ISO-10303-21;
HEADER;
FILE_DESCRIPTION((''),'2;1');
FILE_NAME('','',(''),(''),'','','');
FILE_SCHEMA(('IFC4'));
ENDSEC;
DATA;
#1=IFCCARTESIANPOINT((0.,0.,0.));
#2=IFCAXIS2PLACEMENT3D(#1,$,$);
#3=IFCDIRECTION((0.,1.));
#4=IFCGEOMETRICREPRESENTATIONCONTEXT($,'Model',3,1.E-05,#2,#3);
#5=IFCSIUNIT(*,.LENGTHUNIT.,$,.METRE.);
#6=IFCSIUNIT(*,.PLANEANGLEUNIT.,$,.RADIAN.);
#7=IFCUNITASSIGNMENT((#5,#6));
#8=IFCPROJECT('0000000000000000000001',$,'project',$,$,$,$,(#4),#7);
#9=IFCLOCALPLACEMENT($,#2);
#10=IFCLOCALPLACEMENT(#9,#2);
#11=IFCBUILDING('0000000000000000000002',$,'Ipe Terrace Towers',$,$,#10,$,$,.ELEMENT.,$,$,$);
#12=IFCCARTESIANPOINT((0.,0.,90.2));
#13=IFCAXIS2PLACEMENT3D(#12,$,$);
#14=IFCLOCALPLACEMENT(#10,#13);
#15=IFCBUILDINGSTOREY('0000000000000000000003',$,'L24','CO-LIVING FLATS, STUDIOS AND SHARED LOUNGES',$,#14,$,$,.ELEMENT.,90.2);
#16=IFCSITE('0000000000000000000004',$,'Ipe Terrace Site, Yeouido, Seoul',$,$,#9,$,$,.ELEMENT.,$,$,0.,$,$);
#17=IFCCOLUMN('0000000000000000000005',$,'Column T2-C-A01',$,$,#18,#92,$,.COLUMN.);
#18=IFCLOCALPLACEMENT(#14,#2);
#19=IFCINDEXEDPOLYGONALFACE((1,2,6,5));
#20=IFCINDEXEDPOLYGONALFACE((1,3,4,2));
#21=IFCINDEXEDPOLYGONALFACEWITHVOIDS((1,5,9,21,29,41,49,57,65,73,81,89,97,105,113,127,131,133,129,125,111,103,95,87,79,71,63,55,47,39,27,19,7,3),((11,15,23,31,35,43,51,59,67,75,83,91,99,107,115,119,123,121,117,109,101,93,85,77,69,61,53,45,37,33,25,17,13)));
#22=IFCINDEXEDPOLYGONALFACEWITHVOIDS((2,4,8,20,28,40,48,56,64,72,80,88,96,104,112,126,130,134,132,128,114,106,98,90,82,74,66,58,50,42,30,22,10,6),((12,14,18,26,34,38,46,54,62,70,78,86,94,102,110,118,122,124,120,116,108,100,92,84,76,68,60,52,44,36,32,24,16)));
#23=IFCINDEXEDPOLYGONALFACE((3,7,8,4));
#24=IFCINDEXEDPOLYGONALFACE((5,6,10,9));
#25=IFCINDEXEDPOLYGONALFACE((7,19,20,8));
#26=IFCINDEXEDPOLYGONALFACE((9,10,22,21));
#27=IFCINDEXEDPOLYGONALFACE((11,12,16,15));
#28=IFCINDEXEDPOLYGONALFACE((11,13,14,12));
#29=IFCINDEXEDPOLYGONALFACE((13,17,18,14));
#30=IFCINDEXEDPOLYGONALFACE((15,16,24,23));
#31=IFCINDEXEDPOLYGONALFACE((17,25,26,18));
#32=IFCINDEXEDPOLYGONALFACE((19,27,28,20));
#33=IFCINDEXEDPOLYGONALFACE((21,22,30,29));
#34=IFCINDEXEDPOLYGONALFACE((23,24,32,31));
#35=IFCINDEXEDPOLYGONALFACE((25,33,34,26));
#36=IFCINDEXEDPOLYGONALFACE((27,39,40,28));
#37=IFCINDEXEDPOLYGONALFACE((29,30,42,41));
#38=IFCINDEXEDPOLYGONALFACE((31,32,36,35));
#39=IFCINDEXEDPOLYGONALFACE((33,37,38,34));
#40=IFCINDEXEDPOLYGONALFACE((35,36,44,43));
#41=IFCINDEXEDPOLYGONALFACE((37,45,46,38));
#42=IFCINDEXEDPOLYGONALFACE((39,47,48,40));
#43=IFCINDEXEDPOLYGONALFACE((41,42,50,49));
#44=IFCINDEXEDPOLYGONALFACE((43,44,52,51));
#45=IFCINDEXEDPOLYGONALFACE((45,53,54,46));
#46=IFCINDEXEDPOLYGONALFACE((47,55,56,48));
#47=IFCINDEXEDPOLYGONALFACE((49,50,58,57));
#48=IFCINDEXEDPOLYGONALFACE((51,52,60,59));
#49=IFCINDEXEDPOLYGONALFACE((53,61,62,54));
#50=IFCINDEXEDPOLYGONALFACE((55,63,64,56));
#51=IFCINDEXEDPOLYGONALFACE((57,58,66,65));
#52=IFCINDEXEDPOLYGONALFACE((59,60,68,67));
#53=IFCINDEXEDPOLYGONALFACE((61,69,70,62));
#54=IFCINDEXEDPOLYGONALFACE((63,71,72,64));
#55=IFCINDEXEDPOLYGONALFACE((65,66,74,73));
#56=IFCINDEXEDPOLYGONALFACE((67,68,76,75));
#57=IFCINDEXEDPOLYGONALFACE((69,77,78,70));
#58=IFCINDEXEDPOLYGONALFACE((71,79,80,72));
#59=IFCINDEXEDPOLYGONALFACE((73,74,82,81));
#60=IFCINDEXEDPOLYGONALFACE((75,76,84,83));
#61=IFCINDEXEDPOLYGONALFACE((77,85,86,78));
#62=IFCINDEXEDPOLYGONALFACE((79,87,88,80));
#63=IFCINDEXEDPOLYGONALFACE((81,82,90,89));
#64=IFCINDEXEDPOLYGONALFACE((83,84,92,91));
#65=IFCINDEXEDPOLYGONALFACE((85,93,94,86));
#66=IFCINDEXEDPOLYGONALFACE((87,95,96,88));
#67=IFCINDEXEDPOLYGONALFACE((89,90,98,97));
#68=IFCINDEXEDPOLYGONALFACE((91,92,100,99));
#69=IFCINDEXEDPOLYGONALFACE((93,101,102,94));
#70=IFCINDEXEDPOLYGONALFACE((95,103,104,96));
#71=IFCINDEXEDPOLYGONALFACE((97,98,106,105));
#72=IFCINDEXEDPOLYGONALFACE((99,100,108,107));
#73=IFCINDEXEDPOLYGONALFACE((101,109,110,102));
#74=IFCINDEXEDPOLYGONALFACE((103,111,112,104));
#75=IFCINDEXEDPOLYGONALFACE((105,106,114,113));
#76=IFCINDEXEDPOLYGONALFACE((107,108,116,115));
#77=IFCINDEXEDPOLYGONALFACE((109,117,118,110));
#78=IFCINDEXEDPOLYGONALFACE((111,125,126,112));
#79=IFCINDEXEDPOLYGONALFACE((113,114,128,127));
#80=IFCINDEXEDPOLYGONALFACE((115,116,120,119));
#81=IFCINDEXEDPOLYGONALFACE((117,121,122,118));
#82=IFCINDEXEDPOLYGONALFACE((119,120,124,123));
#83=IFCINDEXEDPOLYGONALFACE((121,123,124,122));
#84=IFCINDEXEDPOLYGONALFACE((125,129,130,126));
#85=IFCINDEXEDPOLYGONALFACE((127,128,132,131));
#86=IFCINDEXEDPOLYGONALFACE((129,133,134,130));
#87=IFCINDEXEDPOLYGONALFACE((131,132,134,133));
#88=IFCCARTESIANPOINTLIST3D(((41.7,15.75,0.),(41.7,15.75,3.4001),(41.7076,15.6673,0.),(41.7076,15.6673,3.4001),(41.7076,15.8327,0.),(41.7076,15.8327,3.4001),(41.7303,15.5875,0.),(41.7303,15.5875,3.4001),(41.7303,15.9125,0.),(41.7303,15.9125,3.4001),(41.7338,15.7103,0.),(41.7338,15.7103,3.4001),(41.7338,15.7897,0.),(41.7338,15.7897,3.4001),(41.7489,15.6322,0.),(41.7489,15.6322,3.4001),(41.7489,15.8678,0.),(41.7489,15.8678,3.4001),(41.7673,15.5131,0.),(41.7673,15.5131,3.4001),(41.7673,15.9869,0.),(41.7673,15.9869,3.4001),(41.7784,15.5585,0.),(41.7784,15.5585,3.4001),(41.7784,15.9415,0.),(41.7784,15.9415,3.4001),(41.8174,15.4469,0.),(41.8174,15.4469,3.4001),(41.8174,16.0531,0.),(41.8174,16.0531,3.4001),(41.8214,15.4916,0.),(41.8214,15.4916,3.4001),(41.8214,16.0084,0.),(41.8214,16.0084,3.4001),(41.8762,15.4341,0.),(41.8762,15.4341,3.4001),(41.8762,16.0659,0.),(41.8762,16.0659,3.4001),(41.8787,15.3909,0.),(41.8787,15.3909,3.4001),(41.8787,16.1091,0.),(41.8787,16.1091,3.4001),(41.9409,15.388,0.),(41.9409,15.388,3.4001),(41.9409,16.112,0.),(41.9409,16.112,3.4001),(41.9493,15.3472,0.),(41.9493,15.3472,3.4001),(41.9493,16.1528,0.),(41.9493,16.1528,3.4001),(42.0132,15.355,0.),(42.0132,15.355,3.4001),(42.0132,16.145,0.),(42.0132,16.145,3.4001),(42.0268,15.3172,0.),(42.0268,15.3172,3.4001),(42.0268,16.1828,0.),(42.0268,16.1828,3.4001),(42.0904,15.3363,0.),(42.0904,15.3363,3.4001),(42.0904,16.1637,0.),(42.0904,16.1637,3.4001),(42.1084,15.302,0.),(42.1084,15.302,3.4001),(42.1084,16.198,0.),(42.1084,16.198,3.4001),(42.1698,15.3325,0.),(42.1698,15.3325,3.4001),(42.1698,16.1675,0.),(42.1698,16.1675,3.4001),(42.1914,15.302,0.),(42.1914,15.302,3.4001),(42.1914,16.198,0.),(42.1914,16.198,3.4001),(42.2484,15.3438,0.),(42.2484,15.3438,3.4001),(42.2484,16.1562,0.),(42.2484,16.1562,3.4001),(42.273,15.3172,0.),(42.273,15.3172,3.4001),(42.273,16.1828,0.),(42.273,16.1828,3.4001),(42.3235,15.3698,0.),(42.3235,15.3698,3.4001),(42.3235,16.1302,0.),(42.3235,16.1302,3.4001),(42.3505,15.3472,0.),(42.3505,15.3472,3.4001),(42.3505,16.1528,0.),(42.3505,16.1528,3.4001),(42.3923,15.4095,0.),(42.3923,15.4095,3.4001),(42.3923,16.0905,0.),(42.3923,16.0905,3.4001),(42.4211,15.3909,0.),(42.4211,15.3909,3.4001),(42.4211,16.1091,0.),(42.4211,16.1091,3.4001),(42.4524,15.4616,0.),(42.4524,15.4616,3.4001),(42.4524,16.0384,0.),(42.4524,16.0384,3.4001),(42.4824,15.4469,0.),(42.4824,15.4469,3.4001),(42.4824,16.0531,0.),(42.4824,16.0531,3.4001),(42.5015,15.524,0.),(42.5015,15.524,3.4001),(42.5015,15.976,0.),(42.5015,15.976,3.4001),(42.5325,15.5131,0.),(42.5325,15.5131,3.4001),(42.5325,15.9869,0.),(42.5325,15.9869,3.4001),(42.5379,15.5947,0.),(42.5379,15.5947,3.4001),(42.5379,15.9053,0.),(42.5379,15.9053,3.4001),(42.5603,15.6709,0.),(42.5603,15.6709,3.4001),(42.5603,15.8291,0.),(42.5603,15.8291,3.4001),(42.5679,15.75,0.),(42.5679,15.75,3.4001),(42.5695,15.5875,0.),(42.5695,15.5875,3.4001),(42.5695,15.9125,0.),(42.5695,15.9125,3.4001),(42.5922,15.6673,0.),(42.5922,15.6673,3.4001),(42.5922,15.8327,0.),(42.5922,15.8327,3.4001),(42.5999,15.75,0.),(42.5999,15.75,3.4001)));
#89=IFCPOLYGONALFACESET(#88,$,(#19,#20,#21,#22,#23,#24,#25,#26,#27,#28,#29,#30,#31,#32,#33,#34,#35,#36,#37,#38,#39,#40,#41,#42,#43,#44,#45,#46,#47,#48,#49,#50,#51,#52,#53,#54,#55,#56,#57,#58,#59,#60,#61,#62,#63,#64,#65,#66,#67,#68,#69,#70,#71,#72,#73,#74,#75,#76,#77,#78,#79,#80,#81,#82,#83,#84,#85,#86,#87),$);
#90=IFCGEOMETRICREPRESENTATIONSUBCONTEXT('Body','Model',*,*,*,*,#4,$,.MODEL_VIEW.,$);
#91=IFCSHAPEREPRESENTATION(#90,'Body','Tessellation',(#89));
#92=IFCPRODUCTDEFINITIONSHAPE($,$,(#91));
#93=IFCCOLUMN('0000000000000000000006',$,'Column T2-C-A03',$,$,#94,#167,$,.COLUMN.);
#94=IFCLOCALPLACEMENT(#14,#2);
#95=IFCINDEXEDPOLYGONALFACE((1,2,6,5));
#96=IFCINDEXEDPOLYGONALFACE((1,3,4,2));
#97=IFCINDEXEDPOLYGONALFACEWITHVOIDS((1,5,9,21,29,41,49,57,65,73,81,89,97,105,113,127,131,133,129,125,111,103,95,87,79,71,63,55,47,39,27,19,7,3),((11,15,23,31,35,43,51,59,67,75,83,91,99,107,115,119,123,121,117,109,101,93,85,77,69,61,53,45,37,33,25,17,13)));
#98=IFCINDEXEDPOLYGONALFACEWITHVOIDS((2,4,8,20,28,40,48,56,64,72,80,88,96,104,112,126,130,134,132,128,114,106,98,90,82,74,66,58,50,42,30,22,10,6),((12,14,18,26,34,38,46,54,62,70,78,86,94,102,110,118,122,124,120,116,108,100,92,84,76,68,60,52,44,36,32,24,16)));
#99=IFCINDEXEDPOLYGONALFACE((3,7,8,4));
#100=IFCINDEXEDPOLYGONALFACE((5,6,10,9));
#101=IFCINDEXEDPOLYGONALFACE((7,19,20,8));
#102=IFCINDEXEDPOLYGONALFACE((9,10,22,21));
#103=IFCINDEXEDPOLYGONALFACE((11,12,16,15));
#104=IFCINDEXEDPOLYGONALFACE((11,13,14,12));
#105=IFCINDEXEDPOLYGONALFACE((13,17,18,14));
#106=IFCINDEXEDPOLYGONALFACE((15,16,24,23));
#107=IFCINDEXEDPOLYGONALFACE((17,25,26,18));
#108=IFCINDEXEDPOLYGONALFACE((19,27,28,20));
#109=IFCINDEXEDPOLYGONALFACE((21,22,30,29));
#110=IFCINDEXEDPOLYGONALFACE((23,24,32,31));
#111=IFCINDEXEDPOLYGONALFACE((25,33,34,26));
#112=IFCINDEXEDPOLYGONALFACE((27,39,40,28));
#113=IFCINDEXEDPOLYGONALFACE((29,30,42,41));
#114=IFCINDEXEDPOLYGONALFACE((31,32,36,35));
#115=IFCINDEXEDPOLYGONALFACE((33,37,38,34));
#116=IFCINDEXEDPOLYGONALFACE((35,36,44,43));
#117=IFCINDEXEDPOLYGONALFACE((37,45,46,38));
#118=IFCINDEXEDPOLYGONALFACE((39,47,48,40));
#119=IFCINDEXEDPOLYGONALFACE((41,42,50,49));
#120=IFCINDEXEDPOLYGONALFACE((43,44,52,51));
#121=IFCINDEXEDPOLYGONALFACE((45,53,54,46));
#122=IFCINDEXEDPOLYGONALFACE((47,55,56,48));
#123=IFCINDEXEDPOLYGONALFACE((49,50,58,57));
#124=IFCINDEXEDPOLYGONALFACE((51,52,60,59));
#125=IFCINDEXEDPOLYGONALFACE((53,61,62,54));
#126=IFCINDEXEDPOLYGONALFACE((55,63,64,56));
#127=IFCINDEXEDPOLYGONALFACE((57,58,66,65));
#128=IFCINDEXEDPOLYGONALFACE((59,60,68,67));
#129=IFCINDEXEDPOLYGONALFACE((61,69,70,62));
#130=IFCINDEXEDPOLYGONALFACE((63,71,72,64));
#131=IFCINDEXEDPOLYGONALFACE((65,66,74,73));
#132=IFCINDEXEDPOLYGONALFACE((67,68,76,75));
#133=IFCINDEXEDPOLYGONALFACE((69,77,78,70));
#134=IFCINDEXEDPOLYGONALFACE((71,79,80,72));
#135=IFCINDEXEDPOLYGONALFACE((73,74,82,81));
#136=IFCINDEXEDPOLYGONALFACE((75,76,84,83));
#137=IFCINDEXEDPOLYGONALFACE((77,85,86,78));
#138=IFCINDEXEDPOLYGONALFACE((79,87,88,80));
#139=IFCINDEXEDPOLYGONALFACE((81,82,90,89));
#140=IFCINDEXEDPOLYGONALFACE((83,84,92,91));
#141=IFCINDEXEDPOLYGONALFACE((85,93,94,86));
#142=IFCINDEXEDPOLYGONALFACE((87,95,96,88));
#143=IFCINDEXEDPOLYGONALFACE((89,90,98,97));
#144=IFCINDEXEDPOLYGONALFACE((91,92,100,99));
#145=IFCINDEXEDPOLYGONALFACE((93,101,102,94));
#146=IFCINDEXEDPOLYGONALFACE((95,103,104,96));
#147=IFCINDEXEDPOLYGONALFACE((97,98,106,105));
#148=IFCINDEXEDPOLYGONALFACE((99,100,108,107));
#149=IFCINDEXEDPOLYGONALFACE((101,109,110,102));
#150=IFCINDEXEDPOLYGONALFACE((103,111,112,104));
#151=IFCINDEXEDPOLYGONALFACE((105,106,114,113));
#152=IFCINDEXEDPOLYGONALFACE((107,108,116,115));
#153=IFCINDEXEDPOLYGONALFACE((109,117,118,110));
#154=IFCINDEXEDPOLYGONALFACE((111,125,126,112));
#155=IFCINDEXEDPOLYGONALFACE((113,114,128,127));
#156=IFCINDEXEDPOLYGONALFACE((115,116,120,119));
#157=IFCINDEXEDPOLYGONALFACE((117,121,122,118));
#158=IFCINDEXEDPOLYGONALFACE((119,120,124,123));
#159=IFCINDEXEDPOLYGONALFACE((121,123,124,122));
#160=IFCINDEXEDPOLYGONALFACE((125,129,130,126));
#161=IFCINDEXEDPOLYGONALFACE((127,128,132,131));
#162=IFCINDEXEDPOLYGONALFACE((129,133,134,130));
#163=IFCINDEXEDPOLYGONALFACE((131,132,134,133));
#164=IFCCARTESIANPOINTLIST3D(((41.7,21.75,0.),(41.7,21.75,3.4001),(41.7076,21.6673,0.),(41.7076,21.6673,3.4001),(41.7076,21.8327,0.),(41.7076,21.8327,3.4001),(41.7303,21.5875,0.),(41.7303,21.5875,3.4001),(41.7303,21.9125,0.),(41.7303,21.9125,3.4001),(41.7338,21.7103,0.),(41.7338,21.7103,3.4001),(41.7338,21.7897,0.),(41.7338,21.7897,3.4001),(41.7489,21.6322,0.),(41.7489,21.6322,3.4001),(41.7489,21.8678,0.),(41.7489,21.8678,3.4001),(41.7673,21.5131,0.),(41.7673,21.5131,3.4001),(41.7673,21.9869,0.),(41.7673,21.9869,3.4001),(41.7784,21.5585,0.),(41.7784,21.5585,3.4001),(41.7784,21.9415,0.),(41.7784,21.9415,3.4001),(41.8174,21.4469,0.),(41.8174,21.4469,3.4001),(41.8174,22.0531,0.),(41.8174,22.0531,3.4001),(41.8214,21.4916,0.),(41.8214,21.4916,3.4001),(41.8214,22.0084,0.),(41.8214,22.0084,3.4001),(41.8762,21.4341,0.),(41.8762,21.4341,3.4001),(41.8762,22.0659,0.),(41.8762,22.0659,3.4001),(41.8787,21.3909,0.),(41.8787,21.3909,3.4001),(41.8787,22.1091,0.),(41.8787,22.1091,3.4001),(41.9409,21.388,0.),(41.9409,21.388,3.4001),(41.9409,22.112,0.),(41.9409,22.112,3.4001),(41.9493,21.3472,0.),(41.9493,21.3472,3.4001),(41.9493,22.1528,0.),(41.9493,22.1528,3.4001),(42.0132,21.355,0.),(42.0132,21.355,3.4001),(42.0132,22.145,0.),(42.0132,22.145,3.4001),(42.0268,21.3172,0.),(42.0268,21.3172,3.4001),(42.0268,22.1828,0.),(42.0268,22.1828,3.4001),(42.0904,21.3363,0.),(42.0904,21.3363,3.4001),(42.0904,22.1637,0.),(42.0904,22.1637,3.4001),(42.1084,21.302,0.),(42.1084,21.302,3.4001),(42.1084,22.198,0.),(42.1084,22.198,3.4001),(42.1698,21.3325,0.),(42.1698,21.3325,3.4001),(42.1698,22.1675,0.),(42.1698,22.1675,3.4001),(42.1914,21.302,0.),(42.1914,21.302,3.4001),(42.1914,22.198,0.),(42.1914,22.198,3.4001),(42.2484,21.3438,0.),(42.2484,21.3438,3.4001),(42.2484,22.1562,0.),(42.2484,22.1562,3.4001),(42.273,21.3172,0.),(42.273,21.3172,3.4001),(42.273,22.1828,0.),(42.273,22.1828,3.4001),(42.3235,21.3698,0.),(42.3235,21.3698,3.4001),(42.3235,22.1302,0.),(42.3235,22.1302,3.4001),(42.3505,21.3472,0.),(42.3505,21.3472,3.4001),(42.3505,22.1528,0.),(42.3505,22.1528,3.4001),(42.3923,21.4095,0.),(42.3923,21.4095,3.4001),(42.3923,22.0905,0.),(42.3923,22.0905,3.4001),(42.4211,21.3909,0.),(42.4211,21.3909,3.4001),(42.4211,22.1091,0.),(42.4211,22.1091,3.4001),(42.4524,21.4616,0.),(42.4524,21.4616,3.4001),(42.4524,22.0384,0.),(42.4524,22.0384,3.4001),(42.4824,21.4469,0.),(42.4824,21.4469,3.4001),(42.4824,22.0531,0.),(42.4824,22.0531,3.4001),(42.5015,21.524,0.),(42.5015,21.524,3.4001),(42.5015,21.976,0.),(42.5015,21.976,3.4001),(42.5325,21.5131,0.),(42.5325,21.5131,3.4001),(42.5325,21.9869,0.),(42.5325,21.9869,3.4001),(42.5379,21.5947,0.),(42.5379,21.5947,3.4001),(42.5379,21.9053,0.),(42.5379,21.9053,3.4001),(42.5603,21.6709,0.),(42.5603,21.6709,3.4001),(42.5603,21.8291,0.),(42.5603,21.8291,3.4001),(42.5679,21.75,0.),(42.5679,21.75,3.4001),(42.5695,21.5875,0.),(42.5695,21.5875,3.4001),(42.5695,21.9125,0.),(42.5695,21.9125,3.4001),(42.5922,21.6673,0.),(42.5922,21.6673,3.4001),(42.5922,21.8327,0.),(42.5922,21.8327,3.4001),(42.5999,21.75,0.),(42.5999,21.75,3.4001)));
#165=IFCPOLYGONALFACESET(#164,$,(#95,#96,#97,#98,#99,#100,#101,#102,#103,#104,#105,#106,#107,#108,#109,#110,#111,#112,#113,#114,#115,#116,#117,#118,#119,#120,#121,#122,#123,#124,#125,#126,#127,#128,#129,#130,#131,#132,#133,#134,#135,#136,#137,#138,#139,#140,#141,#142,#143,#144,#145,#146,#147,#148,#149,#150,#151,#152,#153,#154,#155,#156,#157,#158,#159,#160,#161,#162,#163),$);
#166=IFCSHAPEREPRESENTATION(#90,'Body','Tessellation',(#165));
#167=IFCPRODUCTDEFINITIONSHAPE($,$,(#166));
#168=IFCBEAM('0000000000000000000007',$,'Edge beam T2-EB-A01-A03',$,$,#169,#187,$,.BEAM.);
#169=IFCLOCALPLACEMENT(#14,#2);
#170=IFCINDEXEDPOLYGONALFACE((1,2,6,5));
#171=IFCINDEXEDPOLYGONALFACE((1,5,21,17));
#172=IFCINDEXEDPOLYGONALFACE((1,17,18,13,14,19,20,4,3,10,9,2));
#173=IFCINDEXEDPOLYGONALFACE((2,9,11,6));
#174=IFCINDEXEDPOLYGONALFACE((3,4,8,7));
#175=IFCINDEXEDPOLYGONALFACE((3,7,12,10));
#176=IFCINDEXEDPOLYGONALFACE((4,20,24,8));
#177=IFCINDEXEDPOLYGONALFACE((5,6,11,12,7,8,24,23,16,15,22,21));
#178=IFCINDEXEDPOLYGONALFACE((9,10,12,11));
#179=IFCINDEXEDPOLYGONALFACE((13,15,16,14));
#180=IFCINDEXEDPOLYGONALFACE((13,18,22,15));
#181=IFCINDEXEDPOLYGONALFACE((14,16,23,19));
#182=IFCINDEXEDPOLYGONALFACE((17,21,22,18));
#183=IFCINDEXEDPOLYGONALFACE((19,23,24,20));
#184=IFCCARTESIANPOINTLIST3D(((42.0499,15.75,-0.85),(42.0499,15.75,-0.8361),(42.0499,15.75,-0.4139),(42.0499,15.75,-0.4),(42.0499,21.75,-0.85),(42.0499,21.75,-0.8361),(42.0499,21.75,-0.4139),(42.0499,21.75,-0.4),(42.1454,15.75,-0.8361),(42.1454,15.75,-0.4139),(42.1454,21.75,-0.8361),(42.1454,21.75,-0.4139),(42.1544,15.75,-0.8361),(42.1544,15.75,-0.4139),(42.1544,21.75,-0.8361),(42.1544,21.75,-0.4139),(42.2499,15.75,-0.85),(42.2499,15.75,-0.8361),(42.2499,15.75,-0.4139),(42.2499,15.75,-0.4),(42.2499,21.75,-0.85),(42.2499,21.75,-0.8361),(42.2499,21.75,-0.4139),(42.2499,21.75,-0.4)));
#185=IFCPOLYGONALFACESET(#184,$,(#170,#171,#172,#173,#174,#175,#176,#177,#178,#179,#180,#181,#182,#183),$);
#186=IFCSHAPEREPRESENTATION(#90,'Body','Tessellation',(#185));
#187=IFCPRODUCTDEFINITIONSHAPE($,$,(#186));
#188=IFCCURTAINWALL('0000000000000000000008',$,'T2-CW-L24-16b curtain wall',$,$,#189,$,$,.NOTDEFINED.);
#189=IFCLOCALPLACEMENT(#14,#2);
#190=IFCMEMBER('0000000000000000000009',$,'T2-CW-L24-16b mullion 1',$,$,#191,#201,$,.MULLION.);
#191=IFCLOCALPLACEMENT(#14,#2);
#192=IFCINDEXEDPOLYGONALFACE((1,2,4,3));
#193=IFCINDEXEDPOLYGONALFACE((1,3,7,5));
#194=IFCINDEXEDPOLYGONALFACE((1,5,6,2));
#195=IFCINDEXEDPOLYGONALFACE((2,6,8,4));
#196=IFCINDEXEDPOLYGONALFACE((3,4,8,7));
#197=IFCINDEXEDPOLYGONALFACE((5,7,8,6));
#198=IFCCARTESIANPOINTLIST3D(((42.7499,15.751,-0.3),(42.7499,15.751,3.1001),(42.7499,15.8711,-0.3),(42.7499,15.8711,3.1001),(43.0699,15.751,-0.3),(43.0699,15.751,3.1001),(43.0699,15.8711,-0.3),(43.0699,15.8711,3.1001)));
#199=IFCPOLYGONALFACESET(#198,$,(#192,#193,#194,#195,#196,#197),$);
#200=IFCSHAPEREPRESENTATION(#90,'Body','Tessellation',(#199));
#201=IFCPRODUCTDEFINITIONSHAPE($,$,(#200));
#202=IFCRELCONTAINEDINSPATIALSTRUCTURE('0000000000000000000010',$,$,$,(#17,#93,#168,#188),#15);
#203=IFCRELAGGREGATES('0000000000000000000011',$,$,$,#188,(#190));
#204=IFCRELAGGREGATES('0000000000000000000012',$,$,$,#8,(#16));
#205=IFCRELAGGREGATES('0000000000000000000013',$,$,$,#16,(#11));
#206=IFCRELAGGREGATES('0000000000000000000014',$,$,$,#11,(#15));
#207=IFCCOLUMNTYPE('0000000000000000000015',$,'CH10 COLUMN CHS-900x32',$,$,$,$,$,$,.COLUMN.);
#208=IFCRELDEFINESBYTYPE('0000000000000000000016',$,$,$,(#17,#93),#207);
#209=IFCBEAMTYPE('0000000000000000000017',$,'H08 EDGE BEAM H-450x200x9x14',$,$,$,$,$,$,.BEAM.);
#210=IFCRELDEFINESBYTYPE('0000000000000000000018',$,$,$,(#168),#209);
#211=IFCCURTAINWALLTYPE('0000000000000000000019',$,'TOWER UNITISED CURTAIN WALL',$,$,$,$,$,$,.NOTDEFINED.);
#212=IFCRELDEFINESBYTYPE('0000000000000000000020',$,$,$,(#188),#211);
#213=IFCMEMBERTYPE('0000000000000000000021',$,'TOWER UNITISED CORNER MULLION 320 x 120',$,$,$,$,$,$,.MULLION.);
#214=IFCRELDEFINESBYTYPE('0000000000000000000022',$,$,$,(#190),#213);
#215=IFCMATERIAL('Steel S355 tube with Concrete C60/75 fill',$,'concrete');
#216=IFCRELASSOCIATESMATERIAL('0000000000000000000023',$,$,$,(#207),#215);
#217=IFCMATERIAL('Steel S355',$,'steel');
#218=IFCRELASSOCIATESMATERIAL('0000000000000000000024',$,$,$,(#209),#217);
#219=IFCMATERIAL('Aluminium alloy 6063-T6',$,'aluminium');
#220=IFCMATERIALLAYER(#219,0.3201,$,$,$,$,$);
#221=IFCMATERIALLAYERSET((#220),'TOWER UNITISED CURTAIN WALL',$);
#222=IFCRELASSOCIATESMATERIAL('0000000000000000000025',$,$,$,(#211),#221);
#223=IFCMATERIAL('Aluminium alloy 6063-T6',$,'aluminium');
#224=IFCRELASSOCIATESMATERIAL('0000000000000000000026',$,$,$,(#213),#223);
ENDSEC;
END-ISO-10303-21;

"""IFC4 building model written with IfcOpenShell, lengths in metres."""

from ifc_helpers import new_model, si_unit, direction, frame, origin, origin_2d, place, context, subcontext, project, spatial, rectangle, hollow_circle, i_section, extrude, material, layer, layer_set, material_profile, profile_set, type_object, element, aggregate, save


model = new_model("IFC4")

# Units and contexts
model_context = context("Model", 3, precision=1e-05, world=origin(), true_north=direction((0.0, 1.0)))
body_context = subcontext(model_context, "Body", "Model", "MODEL_VIEW")
ifc_project = project(units=[si_unit("LENGTHUNIT", "METRE"), si_unit("PLANEANGLEUNIT", "RADIAN")], contexts=[model_context])

# Site, building, storey
site_placement = place(None, origin())
site = spatial("IfcSite", under=ifc_project, at=site_placement, Name="Ipe Terrace Site, Yeouido, Seoul", CompositionType="ELEMENT", RefElevation=0.0)
building_placement = place(site_placement, origin())
building = spatial("IfcBuilding", under=site, at=building_placement, Name="Ipe Terrace Towers", CompositionType="ELEMENT")
storey_placement = place(building_placement, frame((0.0, 0.0, 90.2)))
storey = spatial("IfcBuildingStorey", under=building, at=storey_placement, Name="L24", Description="CO-LIVING FLATS, STUDIOS AND SHARED LOUNGES", CompositionType="ELEMENT", Elevation=90.2)

# Columns
ifc_material_1 = material(Name="Steel S355 tube with Concrete C60/75 fill", Category="concrete")
ifc_material_profile_1 = material_profile(ifc_material_1, hollow_circle(Radius=0.45, WallThickness=0.032, at=origin_2d()), Name="CHS-900x32")
ifc_profile_set_1 = profile_set([ifc_material_profile_1], Name="Steel S355 tube with Concrete C60/75 fill")
column_type = type_object("IfcColumnType", Name="CH10 COLUMN CHS-900x32", PredefinedType="COLUMN", material=ifc_profile_set_1)
for number, where, z_axis, x_axis, name in (
    (1, (42.1499, 15.75, 0.0), (0.0, 0.0, 1.0), (1.0, 0.0, 0.0), "Column T2-C-A01"),
    (2, (42.1499, 21.75, 0.0), (0.0, 0.0, 1.0), (1.0, 0.0, 0.0), "Column T2-C-A03"),
):
    element("IfcColumn", number, at=place(storey_placement, frame(where, z_axis=z_axis, x_axis=x_axis)), inside=storey, type_object=column_type, Name=name, PredefinedType="COLUMN", context=body_context, shape_type="SweptSolid", body=[
        extrude(hollow_circle(Radius=0.45, WallThickness=0.032, at=origin_2d()), origin(), (0.0, 0.0, 1.0), 3.4001),
    ])

# Beam
ifc_material_2 = material(Name="Steel S355", Category="steel")
ifc_material_profile_2 = material_profile(ifc_material_2, i_section(OverallWidth=0.2, OverallDepth=0.45, WebThickness=0.009, FlangeThickness=0.0139, at=origin_2d()), Name="H-450x200x9x14")
ifc_profile_set_2 = profile_set([ifc_material_profile_2], Name="Steel S355")
beam_type = type_object("IfcBeamType", Name="H08 EDGE BEAM H-450x200x9x14", PredefinedType="BEAM", material=ifc_profile_set_2)
beam_placement = place(storey_placement, frame((42.1499, 15.75, -0.625), z_axis=(0.0, 1.0, 0.0), x_axis=(-1.0, 0.0, 0.0)))
element("IfcBeam", 3, at=beam_placement, inside=storey, type_object=beam_type, Name="Edge beam T2-EB-A01-A03", PredefinedType="BEAM", context=body_context, shape_type="SweptSolid", body=[
    extrude(i_section(OverallWidth=0.2, OverallDepth=0.45, WebThickness=0.009, FlangeThickness=0.0139, at=origin_2d()), origin(), (0.0, 0.0, 1.0), 6.0),
])

# Curtain wall, member
ifc_material_3 = material(Name="Aluminium alloy 6063-T6", Category="aluminium")
ifc_layer_1 = layer(ifc_material_3, 0.3201)
ifc_layer_set_1 = layer_set([ifc_layer_1], Name="TOWER UNITISED CURTAIN WALL")
curtain_wall_type = type_object("IfcCurtainWallType", Name="TOWER UNITISED CURTAIN WALL", PredefinedType="NOTDEFINED", material=ifc_layer_set_1)
curtain_wall_1_placement = place(storey_placement, origin())
curtain_wall_1 = element("IfcCurtainWall", 4, at=curtain_wall_1_placement, inside=storey, type_object=curtain_wall_type, Name="T2-CW-L24-16b curtain wall", PredefinedType="NOTDEFINED")
ifc_material_4 = material(Name="Aluminium alloy 6063-T6", Category="aluminium")
ifc_material_profile_3 = material_profile(ifc_material_4, rectangle(XDim=0.3201, YDim=0.1201, at=origin_2d()), Name="TOWER UNITISED CORNER MULLION 320 x 120")
ifc_profile_set_3 = profile_set([ifc_material_profile_3], Name="Aluminium alloy 6063-T6")
member_type_1 = type_object("IfcMemberType", Name="TOWER UNITISED CORNER MULLION 320 x 120", PredefinedType="MULLION", material=ifc_profile_set_3)
member_1_placement = place(storey_placement, frame((42.9099, 15.811, -0.3), z_axis=(0.0, 0.0, 1.0), x_axis=(1.0, 0.0, 0.0)))
member_1 = element("IfcMember", 5, at=member_1_placement, type_object=member_type_1, Name="T2-CW-L24-16b mullion 1", PredefinedType="MULLION", context=body_context, shape_type="SweptSolid", body=[
    extrude(rectangle(XDim=0.3201, YDim=0.1201, at=origin_2d()), origin(), (0.0, 0.0, 1.0), 3.4001),
])

aggregate(curtain_wall_1, [member_1])

save(model, "model.ifc")
